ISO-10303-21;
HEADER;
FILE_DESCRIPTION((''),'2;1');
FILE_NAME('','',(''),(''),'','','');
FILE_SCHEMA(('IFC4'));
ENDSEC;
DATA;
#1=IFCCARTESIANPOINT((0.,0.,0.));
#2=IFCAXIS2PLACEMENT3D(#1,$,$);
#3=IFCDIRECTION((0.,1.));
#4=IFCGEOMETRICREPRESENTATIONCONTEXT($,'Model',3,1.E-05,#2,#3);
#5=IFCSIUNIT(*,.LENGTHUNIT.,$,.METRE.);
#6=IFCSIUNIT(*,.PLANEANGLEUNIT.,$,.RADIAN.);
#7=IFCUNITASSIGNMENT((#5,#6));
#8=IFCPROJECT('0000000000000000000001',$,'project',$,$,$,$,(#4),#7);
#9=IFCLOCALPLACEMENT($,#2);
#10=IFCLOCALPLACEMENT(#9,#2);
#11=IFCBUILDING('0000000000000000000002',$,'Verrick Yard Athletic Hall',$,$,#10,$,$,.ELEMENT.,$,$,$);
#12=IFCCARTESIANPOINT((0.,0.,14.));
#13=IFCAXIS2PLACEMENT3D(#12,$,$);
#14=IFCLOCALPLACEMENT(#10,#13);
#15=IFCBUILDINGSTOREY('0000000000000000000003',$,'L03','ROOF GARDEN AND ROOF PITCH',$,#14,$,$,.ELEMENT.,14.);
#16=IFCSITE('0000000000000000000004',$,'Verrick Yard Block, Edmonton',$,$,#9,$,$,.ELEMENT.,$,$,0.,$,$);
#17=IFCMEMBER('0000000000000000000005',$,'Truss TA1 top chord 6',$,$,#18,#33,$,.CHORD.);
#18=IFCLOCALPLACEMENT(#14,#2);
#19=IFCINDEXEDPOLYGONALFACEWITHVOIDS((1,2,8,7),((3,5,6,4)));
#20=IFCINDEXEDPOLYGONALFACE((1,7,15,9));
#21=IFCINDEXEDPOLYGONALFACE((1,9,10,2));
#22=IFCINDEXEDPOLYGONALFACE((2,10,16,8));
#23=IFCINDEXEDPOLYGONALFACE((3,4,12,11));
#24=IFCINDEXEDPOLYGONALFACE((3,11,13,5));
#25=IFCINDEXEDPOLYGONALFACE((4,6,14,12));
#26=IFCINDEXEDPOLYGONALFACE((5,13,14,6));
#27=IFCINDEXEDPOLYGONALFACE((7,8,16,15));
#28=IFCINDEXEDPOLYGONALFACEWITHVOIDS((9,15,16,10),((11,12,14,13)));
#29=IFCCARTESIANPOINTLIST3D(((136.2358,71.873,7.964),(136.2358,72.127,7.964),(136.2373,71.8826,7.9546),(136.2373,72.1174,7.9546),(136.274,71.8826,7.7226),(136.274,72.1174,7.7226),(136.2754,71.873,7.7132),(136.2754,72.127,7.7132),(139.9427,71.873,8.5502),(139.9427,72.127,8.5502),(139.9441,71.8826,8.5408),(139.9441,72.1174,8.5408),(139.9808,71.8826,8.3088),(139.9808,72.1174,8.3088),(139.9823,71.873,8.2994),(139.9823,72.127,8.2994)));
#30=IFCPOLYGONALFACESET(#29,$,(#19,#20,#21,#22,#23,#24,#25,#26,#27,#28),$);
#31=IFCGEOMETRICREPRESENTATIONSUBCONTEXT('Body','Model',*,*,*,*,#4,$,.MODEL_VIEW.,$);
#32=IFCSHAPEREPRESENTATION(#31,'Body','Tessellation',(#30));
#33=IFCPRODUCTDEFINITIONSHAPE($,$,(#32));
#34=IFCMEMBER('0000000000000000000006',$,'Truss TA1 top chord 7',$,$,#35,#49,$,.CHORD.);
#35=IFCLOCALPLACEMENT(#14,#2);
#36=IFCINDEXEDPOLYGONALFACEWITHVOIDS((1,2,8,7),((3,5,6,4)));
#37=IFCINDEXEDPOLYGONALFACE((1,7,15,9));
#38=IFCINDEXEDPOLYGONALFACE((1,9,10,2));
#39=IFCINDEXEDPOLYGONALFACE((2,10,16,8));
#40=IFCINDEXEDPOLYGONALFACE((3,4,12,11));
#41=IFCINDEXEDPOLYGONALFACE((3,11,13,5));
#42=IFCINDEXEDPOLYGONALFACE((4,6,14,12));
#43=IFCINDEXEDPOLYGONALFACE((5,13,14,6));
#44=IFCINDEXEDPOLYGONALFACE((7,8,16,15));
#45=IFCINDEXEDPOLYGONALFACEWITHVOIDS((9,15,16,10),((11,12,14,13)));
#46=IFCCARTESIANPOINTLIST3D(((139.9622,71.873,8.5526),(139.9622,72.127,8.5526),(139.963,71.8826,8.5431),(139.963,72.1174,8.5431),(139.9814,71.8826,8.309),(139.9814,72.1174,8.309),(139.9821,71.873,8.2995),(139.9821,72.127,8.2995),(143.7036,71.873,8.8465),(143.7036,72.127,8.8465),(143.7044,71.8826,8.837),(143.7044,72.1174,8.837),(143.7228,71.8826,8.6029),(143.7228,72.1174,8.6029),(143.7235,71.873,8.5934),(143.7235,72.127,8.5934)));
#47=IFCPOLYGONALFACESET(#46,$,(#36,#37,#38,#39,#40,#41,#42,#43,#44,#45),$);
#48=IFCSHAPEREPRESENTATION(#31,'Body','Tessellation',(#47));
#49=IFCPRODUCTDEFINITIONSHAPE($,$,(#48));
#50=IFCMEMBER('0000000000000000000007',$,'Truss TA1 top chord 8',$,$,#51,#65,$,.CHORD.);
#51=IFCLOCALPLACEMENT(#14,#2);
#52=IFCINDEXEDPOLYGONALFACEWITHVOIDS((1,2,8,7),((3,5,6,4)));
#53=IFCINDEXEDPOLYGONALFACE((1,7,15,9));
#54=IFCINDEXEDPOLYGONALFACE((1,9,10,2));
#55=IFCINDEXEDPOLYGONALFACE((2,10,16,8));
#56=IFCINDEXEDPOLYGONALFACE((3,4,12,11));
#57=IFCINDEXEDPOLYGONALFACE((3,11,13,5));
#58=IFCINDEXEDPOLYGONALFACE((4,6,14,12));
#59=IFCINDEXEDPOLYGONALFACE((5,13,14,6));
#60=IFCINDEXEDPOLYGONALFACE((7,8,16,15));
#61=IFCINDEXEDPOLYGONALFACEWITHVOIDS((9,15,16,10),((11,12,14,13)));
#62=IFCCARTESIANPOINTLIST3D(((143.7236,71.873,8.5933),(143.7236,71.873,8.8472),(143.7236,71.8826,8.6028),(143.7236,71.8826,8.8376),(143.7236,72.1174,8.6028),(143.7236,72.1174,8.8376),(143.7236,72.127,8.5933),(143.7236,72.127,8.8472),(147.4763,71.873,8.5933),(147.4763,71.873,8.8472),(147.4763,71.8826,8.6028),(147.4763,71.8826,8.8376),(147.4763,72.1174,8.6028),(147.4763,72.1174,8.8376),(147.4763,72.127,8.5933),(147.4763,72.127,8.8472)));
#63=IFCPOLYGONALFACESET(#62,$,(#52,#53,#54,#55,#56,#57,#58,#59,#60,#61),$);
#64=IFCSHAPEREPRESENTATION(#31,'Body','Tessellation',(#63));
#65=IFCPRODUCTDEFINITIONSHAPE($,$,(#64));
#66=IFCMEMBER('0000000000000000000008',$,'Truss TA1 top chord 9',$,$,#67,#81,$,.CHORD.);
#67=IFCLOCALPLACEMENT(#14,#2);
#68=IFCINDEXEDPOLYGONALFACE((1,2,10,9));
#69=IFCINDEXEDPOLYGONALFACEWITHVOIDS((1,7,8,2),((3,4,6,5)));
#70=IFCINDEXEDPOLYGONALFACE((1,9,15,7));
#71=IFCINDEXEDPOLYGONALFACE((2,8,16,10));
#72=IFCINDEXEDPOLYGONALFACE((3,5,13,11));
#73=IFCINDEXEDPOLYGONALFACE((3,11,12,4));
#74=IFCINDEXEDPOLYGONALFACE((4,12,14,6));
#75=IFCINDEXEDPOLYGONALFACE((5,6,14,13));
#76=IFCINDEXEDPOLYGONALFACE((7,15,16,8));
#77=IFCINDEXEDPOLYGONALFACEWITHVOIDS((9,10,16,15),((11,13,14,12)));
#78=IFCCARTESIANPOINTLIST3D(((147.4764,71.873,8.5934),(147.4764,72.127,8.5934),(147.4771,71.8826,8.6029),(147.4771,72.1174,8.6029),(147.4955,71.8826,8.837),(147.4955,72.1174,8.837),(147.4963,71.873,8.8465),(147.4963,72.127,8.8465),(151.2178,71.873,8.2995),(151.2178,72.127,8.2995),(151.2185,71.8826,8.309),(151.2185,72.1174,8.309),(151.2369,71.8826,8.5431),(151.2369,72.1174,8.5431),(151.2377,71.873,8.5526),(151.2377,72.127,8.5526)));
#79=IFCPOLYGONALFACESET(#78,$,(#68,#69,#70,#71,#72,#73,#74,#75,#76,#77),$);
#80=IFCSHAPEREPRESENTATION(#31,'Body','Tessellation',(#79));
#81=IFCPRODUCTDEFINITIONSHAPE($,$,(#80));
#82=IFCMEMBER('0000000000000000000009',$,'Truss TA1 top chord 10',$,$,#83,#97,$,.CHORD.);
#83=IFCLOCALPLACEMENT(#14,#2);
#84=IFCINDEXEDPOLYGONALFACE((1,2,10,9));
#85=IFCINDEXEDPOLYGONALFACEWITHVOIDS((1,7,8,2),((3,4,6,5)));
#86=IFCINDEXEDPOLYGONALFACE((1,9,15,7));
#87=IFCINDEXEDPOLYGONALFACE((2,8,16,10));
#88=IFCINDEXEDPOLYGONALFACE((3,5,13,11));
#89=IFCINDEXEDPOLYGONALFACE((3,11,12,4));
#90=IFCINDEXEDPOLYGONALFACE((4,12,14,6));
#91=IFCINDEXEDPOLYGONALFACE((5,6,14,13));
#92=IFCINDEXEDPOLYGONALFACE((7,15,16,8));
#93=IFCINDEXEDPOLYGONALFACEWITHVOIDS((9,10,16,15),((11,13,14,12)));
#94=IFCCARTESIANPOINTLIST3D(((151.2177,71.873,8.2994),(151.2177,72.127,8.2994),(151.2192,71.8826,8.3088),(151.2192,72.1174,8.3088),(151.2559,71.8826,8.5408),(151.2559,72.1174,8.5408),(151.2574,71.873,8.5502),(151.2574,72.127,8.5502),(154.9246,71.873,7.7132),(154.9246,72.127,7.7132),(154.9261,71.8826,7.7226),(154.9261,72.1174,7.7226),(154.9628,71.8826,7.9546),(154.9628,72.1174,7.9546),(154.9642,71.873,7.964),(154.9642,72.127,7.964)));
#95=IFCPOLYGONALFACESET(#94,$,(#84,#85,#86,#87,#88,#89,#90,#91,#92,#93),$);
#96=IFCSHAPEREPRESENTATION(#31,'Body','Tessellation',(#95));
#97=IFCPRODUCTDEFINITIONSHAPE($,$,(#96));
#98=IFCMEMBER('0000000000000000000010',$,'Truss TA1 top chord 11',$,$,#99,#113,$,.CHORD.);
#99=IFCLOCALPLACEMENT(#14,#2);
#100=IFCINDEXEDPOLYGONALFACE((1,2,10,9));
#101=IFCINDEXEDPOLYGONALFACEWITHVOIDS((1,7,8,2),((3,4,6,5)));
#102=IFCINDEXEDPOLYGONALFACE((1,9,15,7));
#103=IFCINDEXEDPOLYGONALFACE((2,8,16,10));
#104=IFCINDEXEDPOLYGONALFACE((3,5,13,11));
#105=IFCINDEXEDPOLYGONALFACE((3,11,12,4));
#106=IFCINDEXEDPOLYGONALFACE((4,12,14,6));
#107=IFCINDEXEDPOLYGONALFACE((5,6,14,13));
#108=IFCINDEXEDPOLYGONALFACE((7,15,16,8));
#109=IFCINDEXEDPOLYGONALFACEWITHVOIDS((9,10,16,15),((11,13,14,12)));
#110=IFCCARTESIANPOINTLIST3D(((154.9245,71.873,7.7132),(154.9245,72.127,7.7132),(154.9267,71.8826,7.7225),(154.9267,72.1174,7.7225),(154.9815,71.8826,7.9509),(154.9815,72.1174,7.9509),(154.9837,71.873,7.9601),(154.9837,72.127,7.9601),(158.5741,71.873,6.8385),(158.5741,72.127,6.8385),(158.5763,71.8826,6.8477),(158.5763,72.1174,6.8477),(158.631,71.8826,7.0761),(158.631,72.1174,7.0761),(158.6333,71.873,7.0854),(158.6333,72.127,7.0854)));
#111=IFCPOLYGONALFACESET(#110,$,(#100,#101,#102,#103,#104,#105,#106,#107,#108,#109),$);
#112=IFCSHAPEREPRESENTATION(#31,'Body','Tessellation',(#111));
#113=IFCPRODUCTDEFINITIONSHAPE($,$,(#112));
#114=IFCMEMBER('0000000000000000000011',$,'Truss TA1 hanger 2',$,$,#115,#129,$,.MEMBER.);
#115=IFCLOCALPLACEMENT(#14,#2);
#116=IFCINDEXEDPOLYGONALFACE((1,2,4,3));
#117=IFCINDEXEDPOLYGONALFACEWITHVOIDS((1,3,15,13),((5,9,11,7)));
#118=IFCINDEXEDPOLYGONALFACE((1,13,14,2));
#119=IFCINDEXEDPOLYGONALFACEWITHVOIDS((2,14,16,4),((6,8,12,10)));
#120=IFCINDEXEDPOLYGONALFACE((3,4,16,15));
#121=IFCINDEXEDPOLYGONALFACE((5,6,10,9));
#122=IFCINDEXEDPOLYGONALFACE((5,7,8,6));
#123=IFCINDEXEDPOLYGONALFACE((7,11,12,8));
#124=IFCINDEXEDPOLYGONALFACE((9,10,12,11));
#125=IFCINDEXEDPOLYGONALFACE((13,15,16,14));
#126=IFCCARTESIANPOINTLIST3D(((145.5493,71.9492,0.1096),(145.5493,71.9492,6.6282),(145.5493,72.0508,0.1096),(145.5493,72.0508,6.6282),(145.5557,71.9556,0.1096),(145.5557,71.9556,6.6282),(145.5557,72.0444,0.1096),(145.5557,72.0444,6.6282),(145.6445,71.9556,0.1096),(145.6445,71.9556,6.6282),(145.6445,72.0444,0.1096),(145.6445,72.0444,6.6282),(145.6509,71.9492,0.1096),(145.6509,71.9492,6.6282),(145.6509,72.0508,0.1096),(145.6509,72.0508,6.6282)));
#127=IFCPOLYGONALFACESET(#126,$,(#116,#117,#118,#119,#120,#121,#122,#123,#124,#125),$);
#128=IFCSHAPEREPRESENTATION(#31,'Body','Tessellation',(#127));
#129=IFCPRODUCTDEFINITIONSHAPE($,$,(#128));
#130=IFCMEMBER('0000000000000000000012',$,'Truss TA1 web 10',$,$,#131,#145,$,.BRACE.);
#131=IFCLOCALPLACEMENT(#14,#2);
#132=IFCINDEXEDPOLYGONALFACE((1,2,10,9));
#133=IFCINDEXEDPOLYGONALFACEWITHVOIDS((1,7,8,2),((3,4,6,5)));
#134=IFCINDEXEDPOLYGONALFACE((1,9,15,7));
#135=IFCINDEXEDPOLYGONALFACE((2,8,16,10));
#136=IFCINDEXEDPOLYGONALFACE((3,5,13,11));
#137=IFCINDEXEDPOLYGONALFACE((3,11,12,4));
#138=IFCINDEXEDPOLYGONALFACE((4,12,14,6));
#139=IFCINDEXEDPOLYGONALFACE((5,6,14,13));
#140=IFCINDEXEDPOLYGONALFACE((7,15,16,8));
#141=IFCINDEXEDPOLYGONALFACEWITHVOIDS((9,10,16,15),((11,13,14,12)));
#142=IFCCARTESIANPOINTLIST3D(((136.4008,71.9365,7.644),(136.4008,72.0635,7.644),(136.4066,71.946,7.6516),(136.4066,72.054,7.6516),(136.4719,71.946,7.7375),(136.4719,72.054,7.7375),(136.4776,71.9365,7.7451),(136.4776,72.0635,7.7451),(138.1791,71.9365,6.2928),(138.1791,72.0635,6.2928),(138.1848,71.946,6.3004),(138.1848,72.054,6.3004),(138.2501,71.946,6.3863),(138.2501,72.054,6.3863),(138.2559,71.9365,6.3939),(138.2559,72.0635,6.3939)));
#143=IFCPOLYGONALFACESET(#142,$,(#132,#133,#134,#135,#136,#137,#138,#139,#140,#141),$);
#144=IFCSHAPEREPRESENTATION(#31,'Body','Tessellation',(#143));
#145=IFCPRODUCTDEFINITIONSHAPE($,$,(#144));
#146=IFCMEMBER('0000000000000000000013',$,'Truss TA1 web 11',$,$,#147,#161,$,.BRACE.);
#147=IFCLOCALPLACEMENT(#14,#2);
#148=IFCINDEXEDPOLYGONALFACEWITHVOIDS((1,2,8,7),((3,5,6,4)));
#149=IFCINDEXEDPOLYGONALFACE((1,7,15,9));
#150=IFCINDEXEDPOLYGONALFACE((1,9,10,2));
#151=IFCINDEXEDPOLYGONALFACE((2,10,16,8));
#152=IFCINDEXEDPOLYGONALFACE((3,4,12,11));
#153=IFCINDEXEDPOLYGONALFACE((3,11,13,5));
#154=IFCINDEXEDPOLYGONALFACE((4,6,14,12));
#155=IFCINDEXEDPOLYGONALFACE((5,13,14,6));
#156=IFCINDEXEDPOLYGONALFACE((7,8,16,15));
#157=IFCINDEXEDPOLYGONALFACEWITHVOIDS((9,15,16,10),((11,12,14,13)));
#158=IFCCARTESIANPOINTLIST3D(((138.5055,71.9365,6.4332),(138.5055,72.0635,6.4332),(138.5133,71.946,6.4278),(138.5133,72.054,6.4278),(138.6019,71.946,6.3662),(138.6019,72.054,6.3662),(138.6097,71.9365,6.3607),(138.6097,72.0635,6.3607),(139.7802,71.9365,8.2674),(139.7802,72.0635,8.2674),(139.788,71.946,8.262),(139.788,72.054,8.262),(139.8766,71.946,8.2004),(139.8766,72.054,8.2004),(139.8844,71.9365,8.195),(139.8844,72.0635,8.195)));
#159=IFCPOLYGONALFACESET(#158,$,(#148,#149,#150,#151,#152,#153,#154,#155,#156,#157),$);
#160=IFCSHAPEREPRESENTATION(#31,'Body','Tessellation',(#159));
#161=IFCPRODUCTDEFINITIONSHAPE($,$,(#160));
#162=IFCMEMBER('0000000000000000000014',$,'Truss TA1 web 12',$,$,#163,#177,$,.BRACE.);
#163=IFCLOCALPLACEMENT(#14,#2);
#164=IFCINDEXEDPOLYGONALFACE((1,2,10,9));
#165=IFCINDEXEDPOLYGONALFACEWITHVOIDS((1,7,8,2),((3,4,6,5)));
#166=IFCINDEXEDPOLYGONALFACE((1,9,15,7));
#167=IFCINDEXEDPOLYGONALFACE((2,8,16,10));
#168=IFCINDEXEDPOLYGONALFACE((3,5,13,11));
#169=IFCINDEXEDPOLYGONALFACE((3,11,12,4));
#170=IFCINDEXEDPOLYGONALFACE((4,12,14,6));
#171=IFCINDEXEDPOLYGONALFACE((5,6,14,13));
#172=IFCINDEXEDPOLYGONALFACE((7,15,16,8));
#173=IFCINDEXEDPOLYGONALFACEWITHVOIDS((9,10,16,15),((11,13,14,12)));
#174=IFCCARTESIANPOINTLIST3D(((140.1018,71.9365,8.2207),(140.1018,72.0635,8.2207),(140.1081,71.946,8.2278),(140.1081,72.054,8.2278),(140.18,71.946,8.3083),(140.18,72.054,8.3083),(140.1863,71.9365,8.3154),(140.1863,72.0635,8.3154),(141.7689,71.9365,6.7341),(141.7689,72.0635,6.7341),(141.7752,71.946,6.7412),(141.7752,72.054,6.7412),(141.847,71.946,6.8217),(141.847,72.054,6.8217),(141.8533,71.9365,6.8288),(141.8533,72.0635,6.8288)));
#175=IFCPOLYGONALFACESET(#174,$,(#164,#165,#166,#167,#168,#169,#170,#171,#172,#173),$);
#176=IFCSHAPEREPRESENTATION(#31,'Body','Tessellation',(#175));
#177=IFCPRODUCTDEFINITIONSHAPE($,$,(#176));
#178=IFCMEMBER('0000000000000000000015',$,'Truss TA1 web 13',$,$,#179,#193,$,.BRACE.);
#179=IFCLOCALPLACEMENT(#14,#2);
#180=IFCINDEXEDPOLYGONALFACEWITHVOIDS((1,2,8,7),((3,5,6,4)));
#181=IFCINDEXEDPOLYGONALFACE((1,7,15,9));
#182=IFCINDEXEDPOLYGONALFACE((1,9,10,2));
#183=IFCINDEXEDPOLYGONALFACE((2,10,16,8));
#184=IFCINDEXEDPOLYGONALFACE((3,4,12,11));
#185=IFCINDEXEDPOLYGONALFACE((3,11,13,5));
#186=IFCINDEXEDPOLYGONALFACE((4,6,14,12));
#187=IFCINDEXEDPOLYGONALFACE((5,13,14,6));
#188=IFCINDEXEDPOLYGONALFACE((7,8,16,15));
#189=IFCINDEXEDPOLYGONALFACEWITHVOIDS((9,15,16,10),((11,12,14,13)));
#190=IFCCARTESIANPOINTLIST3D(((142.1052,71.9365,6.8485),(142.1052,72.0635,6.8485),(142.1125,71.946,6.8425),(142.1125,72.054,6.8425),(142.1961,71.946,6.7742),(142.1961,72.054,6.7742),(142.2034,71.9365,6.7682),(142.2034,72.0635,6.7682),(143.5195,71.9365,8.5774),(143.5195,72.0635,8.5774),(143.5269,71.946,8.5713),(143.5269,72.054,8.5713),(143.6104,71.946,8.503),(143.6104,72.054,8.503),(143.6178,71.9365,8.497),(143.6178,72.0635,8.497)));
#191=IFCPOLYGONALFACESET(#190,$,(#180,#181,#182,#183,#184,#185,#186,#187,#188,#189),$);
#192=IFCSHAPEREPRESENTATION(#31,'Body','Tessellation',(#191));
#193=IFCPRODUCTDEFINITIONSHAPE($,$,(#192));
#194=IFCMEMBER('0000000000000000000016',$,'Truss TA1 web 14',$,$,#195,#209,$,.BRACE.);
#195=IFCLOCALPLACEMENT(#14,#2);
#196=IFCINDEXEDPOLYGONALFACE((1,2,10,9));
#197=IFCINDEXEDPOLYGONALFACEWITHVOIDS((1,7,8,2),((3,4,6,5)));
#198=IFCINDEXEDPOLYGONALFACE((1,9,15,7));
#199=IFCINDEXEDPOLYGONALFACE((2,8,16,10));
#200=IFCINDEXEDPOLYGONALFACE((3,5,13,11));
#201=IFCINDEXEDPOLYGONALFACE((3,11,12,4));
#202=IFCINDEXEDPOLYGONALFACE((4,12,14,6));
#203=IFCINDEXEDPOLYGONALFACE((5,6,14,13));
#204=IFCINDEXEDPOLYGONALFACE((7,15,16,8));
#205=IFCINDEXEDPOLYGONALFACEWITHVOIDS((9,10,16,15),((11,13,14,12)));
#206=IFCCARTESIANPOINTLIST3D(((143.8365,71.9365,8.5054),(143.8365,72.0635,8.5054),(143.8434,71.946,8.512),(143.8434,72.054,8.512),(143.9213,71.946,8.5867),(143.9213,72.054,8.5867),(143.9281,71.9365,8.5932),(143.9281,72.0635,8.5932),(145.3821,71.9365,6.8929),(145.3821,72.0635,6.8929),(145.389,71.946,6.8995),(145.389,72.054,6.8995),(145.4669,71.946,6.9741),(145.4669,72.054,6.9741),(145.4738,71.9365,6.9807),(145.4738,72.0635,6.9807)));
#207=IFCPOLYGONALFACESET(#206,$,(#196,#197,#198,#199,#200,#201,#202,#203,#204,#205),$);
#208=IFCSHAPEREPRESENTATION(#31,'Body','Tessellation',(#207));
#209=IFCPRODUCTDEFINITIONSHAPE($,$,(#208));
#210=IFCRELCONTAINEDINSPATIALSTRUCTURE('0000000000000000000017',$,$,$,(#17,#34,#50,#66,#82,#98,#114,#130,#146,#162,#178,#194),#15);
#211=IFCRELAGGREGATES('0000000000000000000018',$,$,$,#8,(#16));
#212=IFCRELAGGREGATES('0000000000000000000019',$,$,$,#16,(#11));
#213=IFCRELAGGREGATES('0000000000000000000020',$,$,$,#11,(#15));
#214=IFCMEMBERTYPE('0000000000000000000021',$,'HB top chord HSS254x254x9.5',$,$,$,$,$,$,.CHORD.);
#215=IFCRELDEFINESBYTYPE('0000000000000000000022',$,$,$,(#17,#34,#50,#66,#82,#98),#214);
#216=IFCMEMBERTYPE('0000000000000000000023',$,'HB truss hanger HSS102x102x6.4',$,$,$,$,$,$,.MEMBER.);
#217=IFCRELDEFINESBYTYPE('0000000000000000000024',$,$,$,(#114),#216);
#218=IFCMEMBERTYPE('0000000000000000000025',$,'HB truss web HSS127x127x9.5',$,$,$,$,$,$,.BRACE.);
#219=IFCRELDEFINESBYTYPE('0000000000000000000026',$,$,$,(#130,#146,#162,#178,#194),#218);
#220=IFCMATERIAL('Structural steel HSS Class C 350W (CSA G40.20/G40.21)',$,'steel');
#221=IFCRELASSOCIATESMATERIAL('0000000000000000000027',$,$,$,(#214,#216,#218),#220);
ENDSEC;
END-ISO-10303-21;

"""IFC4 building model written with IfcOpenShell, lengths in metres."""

from ifc_helpers import new_model, si_unit, direction, frame, origin, origin_2d, place, context, subcontext, project, spatial, hollow_rectangle, extrude, material, material_profile, profile_set, type_object, element, save


model = new_model("IFC4")

# Units and contexts
model_context = context("Model", 3, precision=1e-05, world=origin(), true_north=direction((0.0, 1.0)))
body_context = subcontext(model_context, "Body", "Model", "MODEL_VIEW")
ifc_project = project(units=[si_unit("LENGTHUNIT", "METRE"), si_unit("PLANEANGLEUNIT", "RADIAN")], contexts=[model_context])

# Site, building, storey
site_placement = place(None, origin())
site = spatial("IfcSite", under=ifc_project, at=site_placement, Name="Verrick Yard Block, Edmonton", CompositionType="ELEMENT", RefElevation=0.0)
building_placement = place(site_placement, origin())
building = spatial("IfcBuilding", under=site, at=building_placement, Name="Verrick Yard Athletic Hall", CompositionType="ELEMENT")
storey_placement = place(building_placement, frame((0.0, 0.0, 14.0)))
storey = spatial("IfcBuildingStorey", under=building, at=storey_placement, Name="L03", Description="ROOF GARDEN AND ROOF PITCH", CompositionType="ELEMENT", Elevation=14.0)

# Members
ifc_material_1 = material(Name="Structural steel HSS Class C 350W (CSA G40.20/G40.21)", Category="steel")
ifc_material_profile_1 = material_profile(ifc_material_1, hollow_rectangle(XDim=0.2539, YDim=0.2539, WallThickness=0.0095, at=origin_2d()), Name="HSS254x254x9.5")
ifc_profile_set_1 = profile_set([ifc_material_profile_1], Name="Structural steel HSS Class C 350W (CSA G40.20/G40.21)")
member_type_1 = type_object("IfcMemberType", Name="HB top chord HSS254x254x9.5", PredefinedType="CHORD", material=ifc_profile_set_1)
for number, where, z_axis, x_axis, name in (
    (1, (136.2556, 72.0, 7.8386), (0.987726, 0.0, 0.156196), (0.0, 1.0, 0.0), "Truss TA1 top chord 6"),
    (2, (139.9722, 72.0, 8.426), (0.996928, 0.0, 0.078323), (0.0, 1.0, 0.0), "Truss TA1 top chord 7"),
):
    element("IfcMember", number, at=place(storey_placement, frame(where, z_axis=z_axis, x_axis=x_axis)), inside=storey, type_object=member_type_1, Name=name, PredefinedType="CHORD", context=body_context, shape_type="SweptSolid", body=[
        extrude(hollow_rectangle(XDim=0.2539, YDim=0.2539, WallThickness=0.0095, at=origin_2d()), origin(), (0.0, 0.0, 1.0), 3.7529),
    ])
member_1_placement = place(storey_placement, frame((143.7236, 72.0, 8.7202), z_axis=(1.0, 0.0, 0.0), x_axis=(0.0, 1.0, 0.0)))
element("IfcMember", 3, at=member_1_placement, inside=storey, type_object=member_type_1, Name="Truss TA1 top chord 8", PredefinedType="CHORD", context=body_context, shape_type="SweptSolid", body=[
    extrude(hollow_rectangle(XDim=0.2539, YDim=0.2539, WallThickness=0.0095, at=origin_2d()), origin(), (0.0, 0.0, 1.0), 3.7527),
])
for number, where, z_axis, x_axis, name in (
    (4, (147.4863, 72.0, 8.72), (0.996928, 0.0, -0.078323), (0.0, 1.0, 0.0), "Truss TA1 top chord 9"),
    (5, (151.2375, 72.0, 8.4248), (0.987726, 0.0, -0.156196), (0.0, 1.0, 0.0), "Truss TA1 top chord 10"),
    (6, (154.9541, 72.0, 7.8367), (0.972458, 0.0, -0.23308), (0.0, 1.0, 0.0), "Truss TA1 top chord 11"),
):
    element("IfcMember", number, at=place(storey_placement, frame(where, z_axis=z_axis, x_axis=x_axis)), inside=storey, type_object=member_type_1, Name=name, PredefinedType="CHORD", context=body_context, shape_type="SweptSolid", body=[
        extrude(hollow_rectangle(XDim=0.2539, YDim=0.2539, WallThickness=0.0095, at=origin_2d()), origin(), (0.0, 0.0, 1.0), 3.7529),
    ])
ifc_material_profile_2 = material_profile(ifc_material_1, hollow_rectangle(XDim=0.1016, YDim=0.1016, WallThickness=0.0063, at=origin_2d()), Name="HSS102x102x6.4")
ifc_profile_set_2 = profile_set([ifc_material_profile_2], Name="Structural steel HSS Class C 350W (CSA G40.20/G40.21)")
member_type_2 = type_object("IfcMemberType", Name="HB truss hanger HSS102x102x6.4", PredefinedType="MEMBER", material=ifc_profile_set_2)
member_2_placement = place(storey_placement, frame((145.6001, 72.0, 6.6282), z_axis=(0.0, 0.0, -1.0), x_axis=(0.0, -1.0, 0.0)))
element("IfcMember", 7, at=member_2_placement, inside=storey, type_object=member_type_2, Name="Truss TA1 hanger 2", PredefinedType="MEMBER", context=body_context, shape_type="SweptSolid", body=[
    extrude(hollow_rectangle(XDim=0.1016, YDim=0.1016, WallThickness=0.0063, at=origin_2d()), origin(), (0.0, 0.0, 1.0), 6.5186),
])
ifc_material_profile_3 = material_profile(ifc_material_1, hollow_rectangle(XDim=0.127, YDim=0.127, WallThickness=0.0095, at=origin_2d()), Name="HSS127x127x9.5")
ifc_profile_set_3 = profile_set([ifc_material_profile_3], Name="Structural steel HSS Class C 350W (CSA G40.20/G40.21)")
member_type_3 = type_object("IfcMemberType", Name="HB truss web HSS127x127x9.5", PredefinedType="BRACE", material=ifc_profile_set_3)
member_3_placement = place(storey_placement, frame((136.4392, 72.0, 7.6946), z_axis=(0.796206, 0.0, -0.605025), x_axis=(0.0, 1.0, 0.0)))
element("IfcMember", 8, at=member_3_placement, inside=storey, type_object=member_type_3, Name="Truss TA1 web 10", PredefinedType="BRACE", context=body_context, shape_type="SweptSolid", body=[
    extrude(hollow_rectangle(XDim=0.127, YDim=0.127, WallThickness=0.0095, at=origin_2d()), origin(), (0.0, 0.0, 1.0), 2.2334),
])
for number, where, z_axis, x_axis, name in (
    (9, (138.5576, 72.0, 6.397), (0.570664, 0.0, 0.821184), (0.0, 1.0, 0.0), "Truss TA1 web 11"),
    (10, (140.144, 72.0, 8.2681), (0.746341, 0.0, -0.665564), (0.0, 1.0, 0.0), "Truss TA1 web 12"),
    (11, (142.1543, 72.0, 6.8083), (0.633202, 0.0, 0.773987), (0.0, 1.0, 0.0), "Truss TA1 web 13"),
    (12, (143.8823, 72.0, 8.5493), (0.691974, 0.0, -0.721922), (0.0, 1.0, 0.0), "Truss TA1 web 14"),
):
    element("IfcMember", number, at=place(storey_placement, frame(where, z_axis=z_axis, x_axis=x_axis)), inside=storey, type_object=member_type_3, Name=name, PredefinedType="BRACE", context=body_context, shape_type="SweptSolid", body=[
        extrude(hollow_rectangle(XDim=0.127, YDim=0.127, WallThickness=0.0095, at=origin_2d()), origin(), (0.0, 0.0, 1.0), 2.2336),
    ])

save(model, "model.ifc")
